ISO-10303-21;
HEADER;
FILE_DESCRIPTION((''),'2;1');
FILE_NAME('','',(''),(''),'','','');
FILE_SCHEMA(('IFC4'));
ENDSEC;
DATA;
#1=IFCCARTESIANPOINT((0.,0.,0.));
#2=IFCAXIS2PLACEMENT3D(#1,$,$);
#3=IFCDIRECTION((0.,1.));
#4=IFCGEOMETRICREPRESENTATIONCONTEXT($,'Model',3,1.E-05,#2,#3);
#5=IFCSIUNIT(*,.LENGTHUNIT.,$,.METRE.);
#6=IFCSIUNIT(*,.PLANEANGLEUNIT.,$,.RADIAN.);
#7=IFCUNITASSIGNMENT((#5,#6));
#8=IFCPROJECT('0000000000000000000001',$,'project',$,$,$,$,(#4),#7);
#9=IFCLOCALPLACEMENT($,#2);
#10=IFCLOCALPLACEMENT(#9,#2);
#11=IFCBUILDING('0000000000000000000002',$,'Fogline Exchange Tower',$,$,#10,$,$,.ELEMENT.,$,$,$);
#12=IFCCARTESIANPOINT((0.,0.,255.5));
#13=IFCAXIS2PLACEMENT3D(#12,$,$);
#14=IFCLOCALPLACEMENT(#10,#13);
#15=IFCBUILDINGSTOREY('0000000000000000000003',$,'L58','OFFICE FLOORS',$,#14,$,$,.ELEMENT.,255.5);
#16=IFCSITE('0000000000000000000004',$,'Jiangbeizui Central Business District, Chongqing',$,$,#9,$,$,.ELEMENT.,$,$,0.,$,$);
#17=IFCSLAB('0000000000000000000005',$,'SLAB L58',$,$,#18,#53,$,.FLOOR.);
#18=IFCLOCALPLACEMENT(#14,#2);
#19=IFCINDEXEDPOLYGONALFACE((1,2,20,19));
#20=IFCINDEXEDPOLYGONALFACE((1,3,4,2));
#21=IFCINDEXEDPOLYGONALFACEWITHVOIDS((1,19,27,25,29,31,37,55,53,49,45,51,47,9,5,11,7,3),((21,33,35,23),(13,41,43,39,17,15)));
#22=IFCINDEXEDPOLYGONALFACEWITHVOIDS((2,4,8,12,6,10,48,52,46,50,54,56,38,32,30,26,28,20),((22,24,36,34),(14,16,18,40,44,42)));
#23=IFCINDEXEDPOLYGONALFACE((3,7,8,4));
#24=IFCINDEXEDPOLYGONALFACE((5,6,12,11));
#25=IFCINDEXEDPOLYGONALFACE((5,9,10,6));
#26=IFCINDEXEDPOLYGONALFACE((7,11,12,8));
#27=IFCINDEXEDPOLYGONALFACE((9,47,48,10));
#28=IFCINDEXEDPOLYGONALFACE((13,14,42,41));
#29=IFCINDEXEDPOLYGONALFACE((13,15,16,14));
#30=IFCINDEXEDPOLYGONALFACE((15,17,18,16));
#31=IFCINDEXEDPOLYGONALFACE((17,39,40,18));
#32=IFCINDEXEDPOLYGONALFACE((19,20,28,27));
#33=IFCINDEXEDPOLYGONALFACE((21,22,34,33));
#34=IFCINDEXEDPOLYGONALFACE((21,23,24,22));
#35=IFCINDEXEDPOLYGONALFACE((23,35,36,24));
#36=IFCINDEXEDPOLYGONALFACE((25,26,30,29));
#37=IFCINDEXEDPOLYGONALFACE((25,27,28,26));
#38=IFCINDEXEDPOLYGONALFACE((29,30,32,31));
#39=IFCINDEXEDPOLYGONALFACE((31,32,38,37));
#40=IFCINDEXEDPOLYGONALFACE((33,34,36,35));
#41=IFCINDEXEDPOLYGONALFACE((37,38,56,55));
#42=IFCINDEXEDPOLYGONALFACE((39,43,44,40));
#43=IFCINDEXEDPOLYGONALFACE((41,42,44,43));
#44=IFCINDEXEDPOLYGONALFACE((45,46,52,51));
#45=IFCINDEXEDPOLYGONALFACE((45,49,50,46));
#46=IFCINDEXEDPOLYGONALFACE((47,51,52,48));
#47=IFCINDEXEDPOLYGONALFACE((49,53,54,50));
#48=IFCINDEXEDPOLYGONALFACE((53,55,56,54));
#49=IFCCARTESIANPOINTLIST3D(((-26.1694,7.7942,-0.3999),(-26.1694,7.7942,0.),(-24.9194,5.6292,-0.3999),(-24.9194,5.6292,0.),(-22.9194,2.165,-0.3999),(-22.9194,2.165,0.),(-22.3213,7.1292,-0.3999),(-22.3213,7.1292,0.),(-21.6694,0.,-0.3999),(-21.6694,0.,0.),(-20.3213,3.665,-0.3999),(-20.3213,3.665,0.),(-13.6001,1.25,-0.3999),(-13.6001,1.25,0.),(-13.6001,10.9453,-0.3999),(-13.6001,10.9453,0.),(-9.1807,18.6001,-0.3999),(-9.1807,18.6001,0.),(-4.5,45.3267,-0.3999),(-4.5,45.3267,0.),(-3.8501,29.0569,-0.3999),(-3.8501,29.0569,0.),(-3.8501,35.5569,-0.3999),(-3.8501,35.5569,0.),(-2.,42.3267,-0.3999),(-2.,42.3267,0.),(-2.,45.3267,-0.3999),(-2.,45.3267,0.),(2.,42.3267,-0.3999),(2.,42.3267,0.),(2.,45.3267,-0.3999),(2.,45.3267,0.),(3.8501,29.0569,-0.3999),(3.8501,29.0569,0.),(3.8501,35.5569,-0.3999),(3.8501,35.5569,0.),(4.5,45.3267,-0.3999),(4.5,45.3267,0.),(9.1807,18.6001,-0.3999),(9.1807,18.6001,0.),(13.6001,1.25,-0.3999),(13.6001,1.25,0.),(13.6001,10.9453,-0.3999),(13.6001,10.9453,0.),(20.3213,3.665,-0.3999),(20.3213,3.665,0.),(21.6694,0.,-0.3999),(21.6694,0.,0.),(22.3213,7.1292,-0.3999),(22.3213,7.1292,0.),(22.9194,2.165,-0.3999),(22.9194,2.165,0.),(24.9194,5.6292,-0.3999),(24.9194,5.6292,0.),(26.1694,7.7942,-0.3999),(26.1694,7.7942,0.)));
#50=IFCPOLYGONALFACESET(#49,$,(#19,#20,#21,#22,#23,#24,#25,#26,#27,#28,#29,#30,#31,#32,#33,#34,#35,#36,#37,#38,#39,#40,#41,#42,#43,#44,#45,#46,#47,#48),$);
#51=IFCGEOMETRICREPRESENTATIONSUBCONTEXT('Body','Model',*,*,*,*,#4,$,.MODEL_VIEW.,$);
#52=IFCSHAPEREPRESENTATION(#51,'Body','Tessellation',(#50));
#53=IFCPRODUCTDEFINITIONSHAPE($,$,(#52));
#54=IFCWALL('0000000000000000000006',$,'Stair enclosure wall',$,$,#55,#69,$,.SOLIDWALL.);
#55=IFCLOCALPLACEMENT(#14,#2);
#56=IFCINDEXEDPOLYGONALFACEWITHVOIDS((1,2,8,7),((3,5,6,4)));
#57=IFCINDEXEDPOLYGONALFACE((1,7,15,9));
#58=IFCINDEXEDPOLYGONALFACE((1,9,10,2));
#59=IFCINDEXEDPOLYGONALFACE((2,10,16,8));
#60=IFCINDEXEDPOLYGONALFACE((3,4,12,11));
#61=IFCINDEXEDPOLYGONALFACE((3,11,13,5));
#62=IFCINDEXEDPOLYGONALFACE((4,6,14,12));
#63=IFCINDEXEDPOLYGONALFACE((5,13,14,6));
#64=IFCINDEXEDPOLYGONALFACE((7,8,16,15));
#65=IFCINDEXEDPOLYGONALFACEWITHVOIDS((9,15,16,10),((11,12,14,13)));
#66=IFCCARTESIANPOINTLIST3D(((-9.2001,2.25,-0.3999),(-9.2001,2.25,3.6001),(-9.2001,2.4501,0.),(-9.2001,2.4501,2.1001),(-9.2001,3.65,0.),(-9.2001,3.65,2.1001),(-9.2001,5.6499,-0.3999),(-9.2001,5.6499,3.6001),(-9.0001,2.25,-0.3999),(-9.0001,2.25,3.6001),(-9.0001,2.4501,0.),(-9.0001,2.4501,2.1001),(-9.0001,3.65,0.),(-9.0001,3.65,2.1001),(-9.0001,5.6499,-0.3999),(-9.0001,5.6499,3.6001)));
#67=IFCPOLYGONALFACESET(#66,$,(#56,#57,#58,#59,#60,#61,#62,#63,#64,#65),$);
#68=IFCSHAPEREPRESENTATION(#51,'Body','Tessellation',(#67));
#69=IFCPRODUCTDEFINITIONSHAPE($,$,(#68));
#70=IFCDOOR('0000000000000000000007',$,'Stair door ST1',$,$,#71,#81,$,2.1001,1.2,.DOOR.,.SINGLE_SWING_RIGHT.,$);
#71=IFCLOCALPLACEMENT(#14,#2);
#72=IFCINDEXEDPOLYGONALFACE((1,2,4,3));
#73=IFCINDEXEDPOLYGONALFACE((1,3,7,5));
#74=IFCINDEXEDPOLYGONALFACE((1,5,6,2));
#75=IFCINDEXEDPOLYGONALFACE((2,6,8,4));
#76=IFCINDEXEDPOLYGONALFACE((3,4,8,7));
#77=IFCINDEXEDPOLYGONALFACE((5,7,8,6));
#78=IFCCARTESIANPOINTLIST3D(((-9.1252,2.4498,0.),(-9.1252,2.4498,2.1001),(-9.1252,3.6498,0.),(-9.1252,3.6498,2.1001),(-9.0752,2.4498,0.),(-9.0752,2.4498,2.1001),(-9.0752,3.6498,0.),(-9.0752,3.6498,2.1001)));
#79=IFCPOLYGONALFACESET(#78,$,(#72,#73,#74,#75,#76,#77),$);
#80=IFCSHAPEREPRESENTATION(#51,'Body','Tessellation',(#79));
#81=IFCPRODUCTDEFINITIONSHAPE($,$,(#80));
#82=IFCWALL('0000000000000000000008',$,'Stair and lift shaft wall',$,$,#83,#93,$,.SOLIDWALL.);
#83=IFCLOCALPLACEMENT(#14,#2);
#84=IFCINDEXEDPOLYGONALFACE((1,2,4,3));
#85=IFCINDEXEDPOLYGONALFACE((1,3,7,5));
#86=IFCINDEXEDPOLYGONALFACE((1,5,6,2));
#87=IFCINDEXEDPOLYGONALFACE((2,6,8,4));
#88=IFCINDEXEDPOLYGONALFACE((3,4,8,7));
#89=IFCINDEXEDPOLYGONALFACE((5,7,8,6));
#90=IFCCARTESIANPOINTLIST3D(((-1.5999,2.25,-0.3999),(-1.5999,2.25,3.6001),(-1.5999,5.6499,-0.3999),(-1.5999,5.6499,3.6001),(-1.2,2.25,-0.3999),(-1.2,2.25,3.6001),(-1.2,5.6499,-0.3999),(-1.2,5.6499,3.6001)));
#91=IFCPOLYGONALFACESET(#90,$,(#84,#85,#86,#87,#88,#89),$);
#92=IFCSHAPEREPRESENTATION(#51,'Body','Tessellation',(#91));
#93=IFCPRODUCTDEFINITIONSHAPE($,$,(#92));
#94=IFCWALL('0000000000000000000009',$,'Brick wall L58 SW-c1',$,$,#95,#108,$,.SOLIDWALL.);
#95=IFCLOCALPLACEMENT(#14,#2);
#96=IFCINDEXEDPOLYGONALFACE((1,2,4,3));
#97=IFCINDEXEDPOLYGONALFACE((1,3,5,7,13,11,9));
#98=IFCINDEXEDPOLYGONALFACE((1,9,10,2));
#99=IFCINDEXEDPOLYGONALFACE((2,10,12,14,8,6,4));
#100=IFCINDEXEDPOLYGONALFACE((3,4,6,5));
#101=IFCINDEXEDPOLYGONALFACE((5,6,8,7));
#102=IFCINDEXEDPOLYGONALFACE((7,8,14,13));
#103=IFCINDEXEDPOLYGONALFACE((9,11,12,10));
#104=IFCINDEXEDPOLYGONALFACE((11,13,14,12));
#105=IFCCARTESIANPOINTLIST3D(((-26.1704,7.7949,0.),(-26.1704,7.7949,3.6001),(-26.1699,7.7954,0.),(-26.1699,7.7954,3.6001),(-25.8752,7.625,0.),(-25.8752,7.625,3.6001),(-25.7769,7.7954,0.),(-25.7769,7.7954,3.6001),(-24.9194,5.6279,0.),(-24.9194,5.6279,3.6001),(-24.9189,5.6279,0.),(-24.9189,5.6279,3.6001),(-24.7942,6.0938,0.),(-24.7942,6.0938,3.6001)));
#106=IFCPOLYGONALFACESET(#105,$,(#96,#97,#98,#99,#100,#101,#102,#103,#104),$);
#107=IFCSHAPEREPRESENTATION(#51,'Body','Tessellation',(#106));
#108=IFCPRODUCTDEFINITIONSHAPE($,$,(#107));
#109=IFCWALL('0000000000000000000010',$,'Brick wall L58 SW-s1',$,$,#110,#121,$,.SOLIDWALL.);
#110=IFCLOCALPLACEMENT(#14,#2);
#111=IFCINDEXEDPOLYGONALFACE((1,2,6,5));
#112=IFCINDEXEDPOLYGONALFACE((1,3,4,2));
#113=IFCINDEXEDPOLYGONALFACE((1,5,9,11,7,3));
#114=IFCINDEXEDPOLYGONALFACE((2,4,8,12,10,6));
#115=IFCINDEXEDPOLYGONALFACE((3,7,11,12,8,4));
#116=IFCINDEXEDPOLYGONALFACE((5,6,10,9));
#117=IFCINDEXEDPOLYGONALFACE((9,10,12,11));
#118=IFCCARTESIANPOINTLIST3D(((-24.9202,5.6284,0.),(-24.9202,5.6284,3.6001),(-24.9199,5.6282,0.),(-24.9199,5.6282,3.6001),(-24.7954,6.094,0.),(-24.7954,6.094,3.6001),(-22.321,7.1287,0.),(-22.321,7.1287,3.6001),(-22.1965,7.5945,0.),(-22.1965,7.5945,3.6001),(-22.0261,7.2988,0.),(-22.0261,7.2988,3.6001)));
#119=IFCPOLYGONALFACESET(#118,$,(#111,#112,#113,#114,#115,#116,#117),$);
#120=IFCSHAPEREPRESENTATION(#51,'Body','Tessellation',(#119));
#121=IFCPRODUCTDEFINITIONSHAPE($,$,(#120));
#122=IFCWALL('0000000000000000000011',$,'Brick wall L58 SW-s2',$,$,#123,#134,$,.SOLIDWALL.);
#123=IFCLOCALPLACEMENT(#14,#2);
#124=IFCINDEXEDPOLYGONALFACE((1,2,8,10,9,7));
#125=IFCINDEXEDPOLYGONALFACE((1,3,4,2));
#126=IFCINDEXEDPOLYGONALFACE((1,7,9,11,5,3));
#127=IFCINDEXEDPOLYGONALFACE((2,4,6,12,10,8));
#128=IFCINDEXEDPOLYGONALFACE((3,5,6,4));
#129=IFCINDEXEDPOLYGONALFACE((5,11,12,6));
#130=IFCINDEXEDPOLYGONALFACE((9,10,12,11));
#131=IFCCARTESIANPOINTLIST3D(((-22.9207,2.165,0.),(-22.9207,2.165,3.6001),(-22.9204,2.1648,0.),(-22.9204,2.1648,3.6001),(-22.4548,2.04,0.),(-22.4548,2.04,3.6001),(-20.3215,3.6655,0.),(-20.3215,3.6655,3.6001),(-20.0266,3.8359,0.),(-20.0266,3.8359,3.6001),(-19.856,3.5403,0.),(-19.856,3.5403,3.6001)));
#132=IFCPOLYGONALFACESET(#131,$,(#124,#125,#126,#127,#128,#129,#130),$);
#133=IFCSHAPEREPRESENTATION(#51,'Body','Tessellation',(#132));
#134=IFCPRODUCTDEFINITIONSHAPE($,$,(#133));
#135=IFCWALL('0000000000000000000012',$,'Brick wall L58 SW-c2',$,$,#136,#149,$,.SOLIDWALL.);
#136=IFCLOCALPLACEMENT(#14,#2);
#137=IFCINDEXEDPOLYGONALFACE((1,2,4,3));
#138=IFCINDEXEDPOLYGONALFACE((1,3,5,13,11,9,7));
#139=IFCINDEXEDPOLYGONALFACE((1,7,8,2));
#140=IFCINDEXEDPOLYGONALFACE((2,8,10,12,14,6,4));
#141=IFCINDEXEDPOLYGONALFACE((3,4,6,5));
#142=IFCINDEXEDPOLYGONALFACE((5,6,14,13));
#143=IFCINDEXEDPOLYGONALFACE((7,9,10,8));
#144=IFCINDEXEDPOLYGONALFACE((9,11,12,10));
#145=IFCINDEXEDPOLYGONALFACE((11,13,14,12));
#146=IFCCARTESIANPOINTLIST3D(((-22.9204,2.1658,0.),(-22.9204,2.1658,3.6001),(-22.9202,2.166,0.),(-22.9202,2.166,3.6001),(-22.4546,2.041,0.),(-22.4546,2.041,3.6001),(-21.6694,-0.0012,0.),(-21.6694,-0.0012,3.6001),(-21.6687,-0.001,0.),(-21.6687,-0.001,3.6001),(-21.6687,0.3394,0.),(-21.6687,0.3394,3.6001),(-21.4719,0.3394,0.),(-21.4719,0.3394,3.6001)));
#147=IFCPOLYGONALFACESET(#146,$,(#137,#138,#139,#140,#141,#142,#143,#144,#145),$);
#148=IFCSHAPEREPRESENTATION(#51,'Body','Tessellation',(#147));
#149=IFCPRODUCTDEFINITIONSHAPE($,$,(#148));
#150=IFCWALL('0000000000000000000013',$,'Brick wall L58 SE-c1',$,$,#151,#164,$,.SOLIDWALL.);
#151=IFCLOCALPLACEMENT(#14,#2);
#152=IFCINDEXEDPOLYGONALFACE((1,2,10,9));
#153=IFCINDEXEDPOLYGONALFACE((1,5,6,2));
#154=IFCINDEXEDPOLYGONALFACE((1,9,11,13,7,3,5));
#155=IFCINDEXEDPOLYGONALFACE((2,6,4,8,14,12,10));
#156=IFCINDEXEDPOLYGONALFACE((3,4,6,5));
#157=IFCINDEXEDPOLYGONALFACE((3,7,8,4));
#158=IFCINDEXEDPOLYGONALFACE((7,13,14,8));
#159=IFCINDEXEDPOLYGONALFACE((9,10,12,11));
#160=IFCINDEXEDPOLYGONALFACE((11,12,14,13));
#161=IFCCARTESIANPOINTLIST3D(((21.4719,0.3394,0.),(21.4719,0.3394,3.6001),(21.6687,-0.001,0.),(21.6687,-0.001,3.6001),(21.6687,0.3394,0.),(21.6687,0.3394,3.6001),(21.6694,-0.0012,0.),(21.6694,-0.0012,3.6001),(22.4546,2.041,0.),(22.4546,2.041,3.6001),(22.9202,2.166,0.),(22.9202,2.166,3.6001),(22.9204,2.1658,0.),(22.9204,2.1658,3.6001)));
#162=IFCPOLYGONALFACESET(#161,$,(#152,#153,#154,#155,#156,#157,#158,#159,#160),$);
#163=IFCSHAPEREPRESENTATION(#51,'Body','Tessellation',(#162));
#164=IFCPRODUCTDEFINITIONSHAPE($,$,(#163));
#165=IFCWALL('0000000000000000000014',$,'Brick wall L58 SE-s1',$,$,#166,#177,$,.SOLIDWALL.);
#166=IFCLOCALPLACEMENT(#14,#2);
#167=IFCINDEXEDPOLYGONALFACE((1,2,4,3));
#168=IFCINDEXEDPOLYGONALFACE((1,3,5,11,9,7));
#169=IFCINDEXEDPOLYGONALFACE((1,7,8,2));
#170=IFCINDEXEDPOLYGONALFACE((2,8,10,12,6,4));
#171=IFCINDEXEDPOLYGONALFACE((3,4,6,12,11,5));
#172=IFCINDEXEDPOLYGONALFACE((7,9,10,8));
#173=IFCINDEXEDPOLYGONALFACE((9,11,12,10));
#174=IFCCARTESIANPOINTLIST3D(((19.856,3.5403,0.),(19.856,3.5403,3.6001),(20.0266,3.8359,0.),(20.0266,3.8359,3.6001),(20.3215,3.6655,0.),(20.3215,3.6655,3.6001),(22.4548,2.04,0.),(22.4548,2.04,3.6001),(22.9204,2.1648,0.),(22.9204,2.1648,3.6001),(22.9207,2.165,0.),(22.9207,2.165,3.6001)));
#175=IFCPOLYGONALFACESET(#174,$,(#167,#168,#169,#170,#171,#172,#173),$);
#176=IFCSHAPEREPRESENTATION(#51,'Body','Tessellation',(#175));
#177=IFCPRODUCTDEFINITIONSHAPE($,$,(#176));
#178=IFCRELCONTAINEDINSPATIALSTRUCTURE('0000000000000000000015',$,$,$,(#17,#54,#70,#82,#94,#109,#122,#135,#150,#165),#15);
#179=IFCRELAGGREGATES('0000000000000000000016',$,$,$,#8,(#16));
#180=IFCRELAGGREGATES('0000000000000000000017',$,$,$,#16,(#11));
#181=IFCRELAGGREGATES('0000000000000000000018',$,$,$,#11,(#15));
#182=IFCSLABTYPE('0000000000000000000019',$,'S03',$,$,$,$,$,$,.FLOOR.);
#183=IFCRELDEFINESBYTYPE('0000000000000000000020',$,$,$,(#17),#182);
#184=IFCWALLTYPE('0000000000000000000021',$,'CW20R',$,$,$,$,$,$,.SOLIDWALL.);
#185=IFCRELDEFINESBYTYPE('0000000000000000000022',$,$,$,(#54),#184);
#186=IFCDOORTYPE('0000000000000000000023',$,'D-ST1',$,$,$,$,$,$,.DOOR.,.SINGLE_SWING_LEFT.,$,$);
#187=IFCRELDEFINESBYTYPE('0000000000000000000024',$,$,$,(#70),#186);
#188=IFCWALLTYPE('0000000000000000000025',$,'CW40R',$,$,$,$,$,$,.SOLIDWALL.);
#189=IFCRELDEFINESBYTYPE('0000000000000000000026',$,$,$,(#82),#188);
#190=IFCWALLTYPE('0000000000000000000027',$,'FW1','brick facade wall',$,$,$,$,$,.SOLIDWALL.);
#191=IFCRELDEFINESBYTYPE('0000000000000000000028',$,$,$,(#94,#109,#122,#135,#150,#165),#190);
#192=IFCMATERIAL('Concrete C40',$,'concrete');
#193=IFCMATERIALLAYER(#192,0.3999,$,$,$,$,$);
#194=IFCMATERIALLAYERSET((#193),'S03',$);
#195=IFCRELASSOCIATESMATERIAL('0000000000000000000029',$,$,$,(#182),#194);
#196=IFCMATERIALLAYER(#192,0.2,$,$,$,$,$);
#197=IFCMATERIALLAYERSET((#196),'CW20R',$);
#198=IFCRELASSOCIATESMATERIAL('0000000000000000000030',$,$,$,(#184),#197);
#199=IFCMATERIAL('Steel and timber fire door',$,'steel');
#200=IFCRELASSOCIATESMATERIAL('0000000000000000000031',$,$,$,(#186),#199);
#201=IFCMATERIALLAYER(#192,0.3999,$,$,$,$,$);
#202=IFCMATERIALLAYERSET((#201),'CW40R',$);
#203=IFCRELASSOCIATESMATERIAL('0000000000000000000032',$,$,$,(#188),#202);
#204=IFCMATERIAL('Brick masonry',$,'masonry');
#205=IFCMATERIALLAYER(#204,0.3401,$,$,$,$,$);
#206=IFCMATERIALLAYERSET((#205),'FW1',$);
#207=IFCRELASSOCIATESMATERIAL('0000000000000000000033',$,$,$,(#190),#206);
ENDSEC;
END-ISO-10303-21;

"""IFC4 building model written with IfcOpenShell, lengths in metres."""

from ifc_helpers import new_model, si_unit, direction, frame, frame_2d, origin, place, context, subcontext, project, spatial, polyline, rectangle, outline, extrude, material, layer, layer_set, type_object, element, fill, save


model = new_model("IFC4")

# Units and contexts
model_context = context("Model", 3, precision=1e-05, world=origin(), true_north=direction((0.0, 1.0)))
body_context = subcontext(model_context, "Body", "Model", "MODEL_VIEW")
ifc_project = project(units=[si_unit("LENGTHUNIT", "METRE"), si_unit("PLANEANGLEUNIT", "RADIAN")], contexts=[model_context])

# Site, building, storey
site_placement = place(None, origin())
site = spatial("IfcSite", under=ifc_project, at=site_placement, Name="Jiangbeizui Central Business District, Chongqing", CompositionType="ELEMENT", RefElevation=0.0)
building_placement = place(site_placement, origin())
building = spatial("IfcBuilding", under=site, at=building_placement, Name="Fogline Exchange Tower", CompositionType="ELEMENT")
storey_placement = place(building_placement, frame((0.0, 0.0, 255.5)))
storey = spatial("IfcBuildingStorey", under=building, at=storey_placement, Name="L58", Description="OFFICE FLOORS", CompositionType="ELEMENT", Elevation=255.5)

# Slab
ifc_material_1 = material(Name="Concrete C40", Category="concrete")
ifc_layer_1 = layer(ifc_material_1, 0.3999)
ifc_layer_set_1 = layer_set([ifc_layer_1], Name="S03")
slab_type = type_object("IfcSlabType", Name="S03", PredefinedType="FLOOR", material=ifc_layer_set_1)
slab_placement = place(storey_placement, frame((0.0, 0.0, -0.3999)))
element("IfcSlab", 1, at=slab_placement, inside=storey, type_object=slab_type, Name="SLAB L58", PredefinedType="FLOOR", context=body_context, shape_type="SweptSolid", body=[
    extrude(outline(polyline([(-2.0, 45.3267), (-4.5, 45.3267), (-26.1694, 7.7942), (-24.9194, 5.6292), (-22.3213, 7.1292), (-20.3213, 3.665), (-22.9194, 2.165), (-21.6694, 0.0), (21.6694, 0.0), (22.9194, 2.165), (20.3213, 3.665), (22.3213, 7.1292), (24.9194, 5.6292), (26.1694, 7.7942), (4.5, 45.3267), (2.0, 45.3267), (2.0, 42.3267), (-2.0, 42.3267), (-2.0, 45.3267)]), holes=[polyline([(13.6001, 10.9453), (13.6001, 1.25), (-13.6001, 1.25), (-13.6001, 10.9453), (-9.1807, 18.6001), (9.1807, 18.6001), (13.6001, 10.9453)]), polyline([(3.8501, 35.5569), (3.8501, 29.0569), (-3.8501, 29.0569), (-3.8501, 35.5569), (3.8501, 35.5569)])]), origin(), (0.0, 0.0, 1.0), 0.3999),
])

# Wall, opening, door
ifc_layer_2 = layer(ifc_material_1, 0.2)
ifc_layer_set_2 = layer_set([ifc_layer_2], Name="CW20R")
wall_type_1 = type_object("IfcWallType", Name="CW20R", PredefinedType="SOLIDWALL", material=ifc_layer_set_2)
wall_1_placement = place(storey_placement, frame((-9.1001, 2.25, -0.3999), z_axis=(0.0, 0.0, 1.0), x_axis=(0.0, 1.0, 0.0)))
wall_1 = element("IfcWall", 2, at=wall_1_placement, inside=storey, type_object=wall_type_1, Name="Stair enclosure wall", PredefinedType="SOLIDWALL", context=body_context, shape_type="SweptSolid", body=[
    extrude(rectangle(XDim=3.3999, YDim=0.2, at=frame_2d((1.7, 0.0))), origin(), (0.0, 0.0, 1.0), 4.0),
])
opening_placement = place(wall_1_placement, frame((0.2, 0.0, 0.3999)))
opening = element("IfcOpeningElement", 3, at=opening_placement, cuts=wall_1, PredefinedType="OPENING", context=body_context, shape_type="SweptSolid", body=[
    extrude(rectangle(XDim=1.2, YDim=2.1001, at=frame_2d((0.6001, 1.05))), frame((0.0, 0.1099, 0.0), z_axis=(0.0, -1.0, 0.0), x_axis=(1.0, 0.0, 0.0)), (0.0, 0.0, 1.0), 0.22),
])
ifc_material_2 = material(Name="Steel and timber fire door", Category="steel")
door_type = type_object("IfcDoorType", Name="D-ST1", OperationType="SINGLE_SWING_LEFT", PredefinedType="DOOR", material=ifc_material_2)
door_placement = place(opening_placement, frame((1.2, 0.0, 0.0), z_axis=(0.0, 0.0, 1.0), x_axis=(-1.0, 0.0, 0.0)))
door = element("IfcDoor", 4, at=door_placement, inside=storey, type_object=door_type, Name="Stair door ST1", OperationType="SINGLE_SWING_RIGHT", OverallHeight=2.1001, OverallWidth=1.2, PredefinedType="DOOR", context=body_context, shape_type="SweptSolid", body=[
    extrude(rectangle(XDim=1.2, YDim=2.1001, at=frame_2d((0.6001, 1.05))), frame((0.0, 0.0249, 0.0), z_axis=(0.0, -1.0, 0.0), x_axis=(1.0, 0.0, 0.0)), (0.0, 0.0, 1.0), 0.05),
])
fill(opening, door)

# Walls
ifc_layer_3 = layer(ifc_material_1, 0.3999)
ifc_layer_set_3 = layer_set([ifc_layer_3], Name="CW40R")
wall_type_2 = type_object("IfcWallType", Name="CW40R", PredefinedType="SOLIDWALL", material=ifc_layer_set_3)
wall_2_placement = place(storey_placement, frame((-1.3999, 2.25, -0.3999), z_axis=(0.0, 0.0, 1.0), x_axis=(0.0, 1.0, 0.0)))
element("IfcWall", 5, at=wall_2_placement, inside=storey, type_object=wall_type_2, Name="Stair and lift shaft wall", PredefinedType="SOLIDWALL", context=body_context, shape_type="SweptSolid", body=[
    extrude(rectangle(XDim=3.3999, YDim=0.3999, at=frame_2d((1.7, 0.0))), origin(), (0.0, 0.0, 1.0), 4.0),
])
ifc_material_3 = material(Name="Brick masonry", Category="masonry")
ifc_layer_4 = layer(ifc_material_3, 0.3401)
ifc_layer_set_4 = layer_set([ifc_layer_4], Name="FW1")
wall_type_3 = type_object("IfcWallType", Name="FW1", Description="brick facade wall", PredefinedType="SOLIDWALL", material=ifc_layer_set_4)
wall_3_placement = place(storey_placement, origin())
element("IfcWall", 6, at=wall_3_placement, inside=storey, type_object=wall_type_3, Name="Brick wall L58 SW-c1", PredefinedType="SOLIDWALL", context=body_context, shape_type="SweptSolid", body=[
    extrude(outline(polyline([(-24.9194, 5.6279), (-26.1704, 7.7949), (-26.1699, 7.7954), (-25.8752, 7.625), (-25.7769, 7.7954), (-24.7942, 6.0938), (-24.9189, 5.6279), (-24.9194, 5.6279)])), origin(), (0.0, 0.0, 1.0), 3.6001),
])
wall_4_placement = place(storey_placement, origin())
element("IfcWall", 7, at=wall_4_placement, inside=storey, type_object=wall_type_3, Name="Brick wall L58 SW-s1", PredefinedType="SOLIDWALL", context=body_context, shape_type="SweptSolid", body=[
    extrude(outline(polyline([(-22.1965, 7.5945), (-22.0261, 7.2988), (-22.321, 7.1287), (-24.9199, 5.6282), (-24.9202, 5.6284), (-24.7954, 6.094), (-22.1965, 7.5945)])), origin(), (0.0, 0.0, 1.0), 3.6001),
])
wall_5_placement = place(storey_placement, origin())
element("IfcWall", 8, at=wall_5_placement, inside=storey, type_object=wall_type_3, Name="Brick wall L58 SW-s2", PredefinedType="SOLIDWALL", context=body_context, shape_type="SweptSolid", body=[
    extrude(outline(polyline([(-22.9207, 2.165), (-20.3215, 3.6655), (-20.0266, 3.8359), (-19.856, 3.5403), (-22.4548, 2.04), (-22.9204, 2.1648), (-22.9207, 2.165)])), origin(), (0.0, 0.0, 1.0), 3.6001),
])
wall_6_placement = place(storey_placement, origin())
element("IfcWall", 9, at=wall_6_placement, inside=storey, type_object=wall_type_3, Name="Brick wall L58 SW-c2", PredefinedType="SOLIDWALL", context=body_context, shape_type="SweptSolid", body=[
    extrude(outline(polyline([(-21.4719, 0.3394), (-21.6687, 0.3394), (-21.6687, -0.001), (-21.6694, -0.0012), (-22.9204, 2.1658), (-22.9202, 2.166), (-22.4546, 2.041), (-21.4719, 0.3394)])), origin(), (0.0, 0.0, 1.0), 3.6001),
])
wall_7_placement = place(storey_placement, origin())
element("IfcWall", 10, at=wall_7_placement, inside=storey, type_object=wall_type_3, Name="Brick wall L58 SE-c1", PredefinedType="SOLIDWALL", context=body_context, shape_type="SweptSolid", body=[
    extrude(outline(polyline([(22.9204, 2.1658), (21.6694, -0.0012), (21.6687, -0.001), (21.6687, 0.3394), (21.4719, 0.3394), (22.4546, 2.041), (22.9202, 2.166), (22.9204, 2.1658)])), origin(), (0.0, 0.0, 1.0), 3.6001),
])
wall_8_placement = place(storey_placement, origin())
element("IfcWall", 11, at=wall_8_placement, inside=storey, type_object=wall_type_3, Name="Brick wall L58 SE-s1", PredefinedType="SOLIDWALL", context=body_context, shape_type="SweptSolid", body=[
    extrude(outline(polyline([(19.856, 3.5403), (20.0266, 3.8359), (20.3215, 3.6655), (22.9207, 2.165), (22.9204, 2.1648), (22.4548, 2.04), (19.856, 3.5403)])), origin(), (0.0, 0.0, 1.0), 3.6001),
])

save(model, "model.ifc")
